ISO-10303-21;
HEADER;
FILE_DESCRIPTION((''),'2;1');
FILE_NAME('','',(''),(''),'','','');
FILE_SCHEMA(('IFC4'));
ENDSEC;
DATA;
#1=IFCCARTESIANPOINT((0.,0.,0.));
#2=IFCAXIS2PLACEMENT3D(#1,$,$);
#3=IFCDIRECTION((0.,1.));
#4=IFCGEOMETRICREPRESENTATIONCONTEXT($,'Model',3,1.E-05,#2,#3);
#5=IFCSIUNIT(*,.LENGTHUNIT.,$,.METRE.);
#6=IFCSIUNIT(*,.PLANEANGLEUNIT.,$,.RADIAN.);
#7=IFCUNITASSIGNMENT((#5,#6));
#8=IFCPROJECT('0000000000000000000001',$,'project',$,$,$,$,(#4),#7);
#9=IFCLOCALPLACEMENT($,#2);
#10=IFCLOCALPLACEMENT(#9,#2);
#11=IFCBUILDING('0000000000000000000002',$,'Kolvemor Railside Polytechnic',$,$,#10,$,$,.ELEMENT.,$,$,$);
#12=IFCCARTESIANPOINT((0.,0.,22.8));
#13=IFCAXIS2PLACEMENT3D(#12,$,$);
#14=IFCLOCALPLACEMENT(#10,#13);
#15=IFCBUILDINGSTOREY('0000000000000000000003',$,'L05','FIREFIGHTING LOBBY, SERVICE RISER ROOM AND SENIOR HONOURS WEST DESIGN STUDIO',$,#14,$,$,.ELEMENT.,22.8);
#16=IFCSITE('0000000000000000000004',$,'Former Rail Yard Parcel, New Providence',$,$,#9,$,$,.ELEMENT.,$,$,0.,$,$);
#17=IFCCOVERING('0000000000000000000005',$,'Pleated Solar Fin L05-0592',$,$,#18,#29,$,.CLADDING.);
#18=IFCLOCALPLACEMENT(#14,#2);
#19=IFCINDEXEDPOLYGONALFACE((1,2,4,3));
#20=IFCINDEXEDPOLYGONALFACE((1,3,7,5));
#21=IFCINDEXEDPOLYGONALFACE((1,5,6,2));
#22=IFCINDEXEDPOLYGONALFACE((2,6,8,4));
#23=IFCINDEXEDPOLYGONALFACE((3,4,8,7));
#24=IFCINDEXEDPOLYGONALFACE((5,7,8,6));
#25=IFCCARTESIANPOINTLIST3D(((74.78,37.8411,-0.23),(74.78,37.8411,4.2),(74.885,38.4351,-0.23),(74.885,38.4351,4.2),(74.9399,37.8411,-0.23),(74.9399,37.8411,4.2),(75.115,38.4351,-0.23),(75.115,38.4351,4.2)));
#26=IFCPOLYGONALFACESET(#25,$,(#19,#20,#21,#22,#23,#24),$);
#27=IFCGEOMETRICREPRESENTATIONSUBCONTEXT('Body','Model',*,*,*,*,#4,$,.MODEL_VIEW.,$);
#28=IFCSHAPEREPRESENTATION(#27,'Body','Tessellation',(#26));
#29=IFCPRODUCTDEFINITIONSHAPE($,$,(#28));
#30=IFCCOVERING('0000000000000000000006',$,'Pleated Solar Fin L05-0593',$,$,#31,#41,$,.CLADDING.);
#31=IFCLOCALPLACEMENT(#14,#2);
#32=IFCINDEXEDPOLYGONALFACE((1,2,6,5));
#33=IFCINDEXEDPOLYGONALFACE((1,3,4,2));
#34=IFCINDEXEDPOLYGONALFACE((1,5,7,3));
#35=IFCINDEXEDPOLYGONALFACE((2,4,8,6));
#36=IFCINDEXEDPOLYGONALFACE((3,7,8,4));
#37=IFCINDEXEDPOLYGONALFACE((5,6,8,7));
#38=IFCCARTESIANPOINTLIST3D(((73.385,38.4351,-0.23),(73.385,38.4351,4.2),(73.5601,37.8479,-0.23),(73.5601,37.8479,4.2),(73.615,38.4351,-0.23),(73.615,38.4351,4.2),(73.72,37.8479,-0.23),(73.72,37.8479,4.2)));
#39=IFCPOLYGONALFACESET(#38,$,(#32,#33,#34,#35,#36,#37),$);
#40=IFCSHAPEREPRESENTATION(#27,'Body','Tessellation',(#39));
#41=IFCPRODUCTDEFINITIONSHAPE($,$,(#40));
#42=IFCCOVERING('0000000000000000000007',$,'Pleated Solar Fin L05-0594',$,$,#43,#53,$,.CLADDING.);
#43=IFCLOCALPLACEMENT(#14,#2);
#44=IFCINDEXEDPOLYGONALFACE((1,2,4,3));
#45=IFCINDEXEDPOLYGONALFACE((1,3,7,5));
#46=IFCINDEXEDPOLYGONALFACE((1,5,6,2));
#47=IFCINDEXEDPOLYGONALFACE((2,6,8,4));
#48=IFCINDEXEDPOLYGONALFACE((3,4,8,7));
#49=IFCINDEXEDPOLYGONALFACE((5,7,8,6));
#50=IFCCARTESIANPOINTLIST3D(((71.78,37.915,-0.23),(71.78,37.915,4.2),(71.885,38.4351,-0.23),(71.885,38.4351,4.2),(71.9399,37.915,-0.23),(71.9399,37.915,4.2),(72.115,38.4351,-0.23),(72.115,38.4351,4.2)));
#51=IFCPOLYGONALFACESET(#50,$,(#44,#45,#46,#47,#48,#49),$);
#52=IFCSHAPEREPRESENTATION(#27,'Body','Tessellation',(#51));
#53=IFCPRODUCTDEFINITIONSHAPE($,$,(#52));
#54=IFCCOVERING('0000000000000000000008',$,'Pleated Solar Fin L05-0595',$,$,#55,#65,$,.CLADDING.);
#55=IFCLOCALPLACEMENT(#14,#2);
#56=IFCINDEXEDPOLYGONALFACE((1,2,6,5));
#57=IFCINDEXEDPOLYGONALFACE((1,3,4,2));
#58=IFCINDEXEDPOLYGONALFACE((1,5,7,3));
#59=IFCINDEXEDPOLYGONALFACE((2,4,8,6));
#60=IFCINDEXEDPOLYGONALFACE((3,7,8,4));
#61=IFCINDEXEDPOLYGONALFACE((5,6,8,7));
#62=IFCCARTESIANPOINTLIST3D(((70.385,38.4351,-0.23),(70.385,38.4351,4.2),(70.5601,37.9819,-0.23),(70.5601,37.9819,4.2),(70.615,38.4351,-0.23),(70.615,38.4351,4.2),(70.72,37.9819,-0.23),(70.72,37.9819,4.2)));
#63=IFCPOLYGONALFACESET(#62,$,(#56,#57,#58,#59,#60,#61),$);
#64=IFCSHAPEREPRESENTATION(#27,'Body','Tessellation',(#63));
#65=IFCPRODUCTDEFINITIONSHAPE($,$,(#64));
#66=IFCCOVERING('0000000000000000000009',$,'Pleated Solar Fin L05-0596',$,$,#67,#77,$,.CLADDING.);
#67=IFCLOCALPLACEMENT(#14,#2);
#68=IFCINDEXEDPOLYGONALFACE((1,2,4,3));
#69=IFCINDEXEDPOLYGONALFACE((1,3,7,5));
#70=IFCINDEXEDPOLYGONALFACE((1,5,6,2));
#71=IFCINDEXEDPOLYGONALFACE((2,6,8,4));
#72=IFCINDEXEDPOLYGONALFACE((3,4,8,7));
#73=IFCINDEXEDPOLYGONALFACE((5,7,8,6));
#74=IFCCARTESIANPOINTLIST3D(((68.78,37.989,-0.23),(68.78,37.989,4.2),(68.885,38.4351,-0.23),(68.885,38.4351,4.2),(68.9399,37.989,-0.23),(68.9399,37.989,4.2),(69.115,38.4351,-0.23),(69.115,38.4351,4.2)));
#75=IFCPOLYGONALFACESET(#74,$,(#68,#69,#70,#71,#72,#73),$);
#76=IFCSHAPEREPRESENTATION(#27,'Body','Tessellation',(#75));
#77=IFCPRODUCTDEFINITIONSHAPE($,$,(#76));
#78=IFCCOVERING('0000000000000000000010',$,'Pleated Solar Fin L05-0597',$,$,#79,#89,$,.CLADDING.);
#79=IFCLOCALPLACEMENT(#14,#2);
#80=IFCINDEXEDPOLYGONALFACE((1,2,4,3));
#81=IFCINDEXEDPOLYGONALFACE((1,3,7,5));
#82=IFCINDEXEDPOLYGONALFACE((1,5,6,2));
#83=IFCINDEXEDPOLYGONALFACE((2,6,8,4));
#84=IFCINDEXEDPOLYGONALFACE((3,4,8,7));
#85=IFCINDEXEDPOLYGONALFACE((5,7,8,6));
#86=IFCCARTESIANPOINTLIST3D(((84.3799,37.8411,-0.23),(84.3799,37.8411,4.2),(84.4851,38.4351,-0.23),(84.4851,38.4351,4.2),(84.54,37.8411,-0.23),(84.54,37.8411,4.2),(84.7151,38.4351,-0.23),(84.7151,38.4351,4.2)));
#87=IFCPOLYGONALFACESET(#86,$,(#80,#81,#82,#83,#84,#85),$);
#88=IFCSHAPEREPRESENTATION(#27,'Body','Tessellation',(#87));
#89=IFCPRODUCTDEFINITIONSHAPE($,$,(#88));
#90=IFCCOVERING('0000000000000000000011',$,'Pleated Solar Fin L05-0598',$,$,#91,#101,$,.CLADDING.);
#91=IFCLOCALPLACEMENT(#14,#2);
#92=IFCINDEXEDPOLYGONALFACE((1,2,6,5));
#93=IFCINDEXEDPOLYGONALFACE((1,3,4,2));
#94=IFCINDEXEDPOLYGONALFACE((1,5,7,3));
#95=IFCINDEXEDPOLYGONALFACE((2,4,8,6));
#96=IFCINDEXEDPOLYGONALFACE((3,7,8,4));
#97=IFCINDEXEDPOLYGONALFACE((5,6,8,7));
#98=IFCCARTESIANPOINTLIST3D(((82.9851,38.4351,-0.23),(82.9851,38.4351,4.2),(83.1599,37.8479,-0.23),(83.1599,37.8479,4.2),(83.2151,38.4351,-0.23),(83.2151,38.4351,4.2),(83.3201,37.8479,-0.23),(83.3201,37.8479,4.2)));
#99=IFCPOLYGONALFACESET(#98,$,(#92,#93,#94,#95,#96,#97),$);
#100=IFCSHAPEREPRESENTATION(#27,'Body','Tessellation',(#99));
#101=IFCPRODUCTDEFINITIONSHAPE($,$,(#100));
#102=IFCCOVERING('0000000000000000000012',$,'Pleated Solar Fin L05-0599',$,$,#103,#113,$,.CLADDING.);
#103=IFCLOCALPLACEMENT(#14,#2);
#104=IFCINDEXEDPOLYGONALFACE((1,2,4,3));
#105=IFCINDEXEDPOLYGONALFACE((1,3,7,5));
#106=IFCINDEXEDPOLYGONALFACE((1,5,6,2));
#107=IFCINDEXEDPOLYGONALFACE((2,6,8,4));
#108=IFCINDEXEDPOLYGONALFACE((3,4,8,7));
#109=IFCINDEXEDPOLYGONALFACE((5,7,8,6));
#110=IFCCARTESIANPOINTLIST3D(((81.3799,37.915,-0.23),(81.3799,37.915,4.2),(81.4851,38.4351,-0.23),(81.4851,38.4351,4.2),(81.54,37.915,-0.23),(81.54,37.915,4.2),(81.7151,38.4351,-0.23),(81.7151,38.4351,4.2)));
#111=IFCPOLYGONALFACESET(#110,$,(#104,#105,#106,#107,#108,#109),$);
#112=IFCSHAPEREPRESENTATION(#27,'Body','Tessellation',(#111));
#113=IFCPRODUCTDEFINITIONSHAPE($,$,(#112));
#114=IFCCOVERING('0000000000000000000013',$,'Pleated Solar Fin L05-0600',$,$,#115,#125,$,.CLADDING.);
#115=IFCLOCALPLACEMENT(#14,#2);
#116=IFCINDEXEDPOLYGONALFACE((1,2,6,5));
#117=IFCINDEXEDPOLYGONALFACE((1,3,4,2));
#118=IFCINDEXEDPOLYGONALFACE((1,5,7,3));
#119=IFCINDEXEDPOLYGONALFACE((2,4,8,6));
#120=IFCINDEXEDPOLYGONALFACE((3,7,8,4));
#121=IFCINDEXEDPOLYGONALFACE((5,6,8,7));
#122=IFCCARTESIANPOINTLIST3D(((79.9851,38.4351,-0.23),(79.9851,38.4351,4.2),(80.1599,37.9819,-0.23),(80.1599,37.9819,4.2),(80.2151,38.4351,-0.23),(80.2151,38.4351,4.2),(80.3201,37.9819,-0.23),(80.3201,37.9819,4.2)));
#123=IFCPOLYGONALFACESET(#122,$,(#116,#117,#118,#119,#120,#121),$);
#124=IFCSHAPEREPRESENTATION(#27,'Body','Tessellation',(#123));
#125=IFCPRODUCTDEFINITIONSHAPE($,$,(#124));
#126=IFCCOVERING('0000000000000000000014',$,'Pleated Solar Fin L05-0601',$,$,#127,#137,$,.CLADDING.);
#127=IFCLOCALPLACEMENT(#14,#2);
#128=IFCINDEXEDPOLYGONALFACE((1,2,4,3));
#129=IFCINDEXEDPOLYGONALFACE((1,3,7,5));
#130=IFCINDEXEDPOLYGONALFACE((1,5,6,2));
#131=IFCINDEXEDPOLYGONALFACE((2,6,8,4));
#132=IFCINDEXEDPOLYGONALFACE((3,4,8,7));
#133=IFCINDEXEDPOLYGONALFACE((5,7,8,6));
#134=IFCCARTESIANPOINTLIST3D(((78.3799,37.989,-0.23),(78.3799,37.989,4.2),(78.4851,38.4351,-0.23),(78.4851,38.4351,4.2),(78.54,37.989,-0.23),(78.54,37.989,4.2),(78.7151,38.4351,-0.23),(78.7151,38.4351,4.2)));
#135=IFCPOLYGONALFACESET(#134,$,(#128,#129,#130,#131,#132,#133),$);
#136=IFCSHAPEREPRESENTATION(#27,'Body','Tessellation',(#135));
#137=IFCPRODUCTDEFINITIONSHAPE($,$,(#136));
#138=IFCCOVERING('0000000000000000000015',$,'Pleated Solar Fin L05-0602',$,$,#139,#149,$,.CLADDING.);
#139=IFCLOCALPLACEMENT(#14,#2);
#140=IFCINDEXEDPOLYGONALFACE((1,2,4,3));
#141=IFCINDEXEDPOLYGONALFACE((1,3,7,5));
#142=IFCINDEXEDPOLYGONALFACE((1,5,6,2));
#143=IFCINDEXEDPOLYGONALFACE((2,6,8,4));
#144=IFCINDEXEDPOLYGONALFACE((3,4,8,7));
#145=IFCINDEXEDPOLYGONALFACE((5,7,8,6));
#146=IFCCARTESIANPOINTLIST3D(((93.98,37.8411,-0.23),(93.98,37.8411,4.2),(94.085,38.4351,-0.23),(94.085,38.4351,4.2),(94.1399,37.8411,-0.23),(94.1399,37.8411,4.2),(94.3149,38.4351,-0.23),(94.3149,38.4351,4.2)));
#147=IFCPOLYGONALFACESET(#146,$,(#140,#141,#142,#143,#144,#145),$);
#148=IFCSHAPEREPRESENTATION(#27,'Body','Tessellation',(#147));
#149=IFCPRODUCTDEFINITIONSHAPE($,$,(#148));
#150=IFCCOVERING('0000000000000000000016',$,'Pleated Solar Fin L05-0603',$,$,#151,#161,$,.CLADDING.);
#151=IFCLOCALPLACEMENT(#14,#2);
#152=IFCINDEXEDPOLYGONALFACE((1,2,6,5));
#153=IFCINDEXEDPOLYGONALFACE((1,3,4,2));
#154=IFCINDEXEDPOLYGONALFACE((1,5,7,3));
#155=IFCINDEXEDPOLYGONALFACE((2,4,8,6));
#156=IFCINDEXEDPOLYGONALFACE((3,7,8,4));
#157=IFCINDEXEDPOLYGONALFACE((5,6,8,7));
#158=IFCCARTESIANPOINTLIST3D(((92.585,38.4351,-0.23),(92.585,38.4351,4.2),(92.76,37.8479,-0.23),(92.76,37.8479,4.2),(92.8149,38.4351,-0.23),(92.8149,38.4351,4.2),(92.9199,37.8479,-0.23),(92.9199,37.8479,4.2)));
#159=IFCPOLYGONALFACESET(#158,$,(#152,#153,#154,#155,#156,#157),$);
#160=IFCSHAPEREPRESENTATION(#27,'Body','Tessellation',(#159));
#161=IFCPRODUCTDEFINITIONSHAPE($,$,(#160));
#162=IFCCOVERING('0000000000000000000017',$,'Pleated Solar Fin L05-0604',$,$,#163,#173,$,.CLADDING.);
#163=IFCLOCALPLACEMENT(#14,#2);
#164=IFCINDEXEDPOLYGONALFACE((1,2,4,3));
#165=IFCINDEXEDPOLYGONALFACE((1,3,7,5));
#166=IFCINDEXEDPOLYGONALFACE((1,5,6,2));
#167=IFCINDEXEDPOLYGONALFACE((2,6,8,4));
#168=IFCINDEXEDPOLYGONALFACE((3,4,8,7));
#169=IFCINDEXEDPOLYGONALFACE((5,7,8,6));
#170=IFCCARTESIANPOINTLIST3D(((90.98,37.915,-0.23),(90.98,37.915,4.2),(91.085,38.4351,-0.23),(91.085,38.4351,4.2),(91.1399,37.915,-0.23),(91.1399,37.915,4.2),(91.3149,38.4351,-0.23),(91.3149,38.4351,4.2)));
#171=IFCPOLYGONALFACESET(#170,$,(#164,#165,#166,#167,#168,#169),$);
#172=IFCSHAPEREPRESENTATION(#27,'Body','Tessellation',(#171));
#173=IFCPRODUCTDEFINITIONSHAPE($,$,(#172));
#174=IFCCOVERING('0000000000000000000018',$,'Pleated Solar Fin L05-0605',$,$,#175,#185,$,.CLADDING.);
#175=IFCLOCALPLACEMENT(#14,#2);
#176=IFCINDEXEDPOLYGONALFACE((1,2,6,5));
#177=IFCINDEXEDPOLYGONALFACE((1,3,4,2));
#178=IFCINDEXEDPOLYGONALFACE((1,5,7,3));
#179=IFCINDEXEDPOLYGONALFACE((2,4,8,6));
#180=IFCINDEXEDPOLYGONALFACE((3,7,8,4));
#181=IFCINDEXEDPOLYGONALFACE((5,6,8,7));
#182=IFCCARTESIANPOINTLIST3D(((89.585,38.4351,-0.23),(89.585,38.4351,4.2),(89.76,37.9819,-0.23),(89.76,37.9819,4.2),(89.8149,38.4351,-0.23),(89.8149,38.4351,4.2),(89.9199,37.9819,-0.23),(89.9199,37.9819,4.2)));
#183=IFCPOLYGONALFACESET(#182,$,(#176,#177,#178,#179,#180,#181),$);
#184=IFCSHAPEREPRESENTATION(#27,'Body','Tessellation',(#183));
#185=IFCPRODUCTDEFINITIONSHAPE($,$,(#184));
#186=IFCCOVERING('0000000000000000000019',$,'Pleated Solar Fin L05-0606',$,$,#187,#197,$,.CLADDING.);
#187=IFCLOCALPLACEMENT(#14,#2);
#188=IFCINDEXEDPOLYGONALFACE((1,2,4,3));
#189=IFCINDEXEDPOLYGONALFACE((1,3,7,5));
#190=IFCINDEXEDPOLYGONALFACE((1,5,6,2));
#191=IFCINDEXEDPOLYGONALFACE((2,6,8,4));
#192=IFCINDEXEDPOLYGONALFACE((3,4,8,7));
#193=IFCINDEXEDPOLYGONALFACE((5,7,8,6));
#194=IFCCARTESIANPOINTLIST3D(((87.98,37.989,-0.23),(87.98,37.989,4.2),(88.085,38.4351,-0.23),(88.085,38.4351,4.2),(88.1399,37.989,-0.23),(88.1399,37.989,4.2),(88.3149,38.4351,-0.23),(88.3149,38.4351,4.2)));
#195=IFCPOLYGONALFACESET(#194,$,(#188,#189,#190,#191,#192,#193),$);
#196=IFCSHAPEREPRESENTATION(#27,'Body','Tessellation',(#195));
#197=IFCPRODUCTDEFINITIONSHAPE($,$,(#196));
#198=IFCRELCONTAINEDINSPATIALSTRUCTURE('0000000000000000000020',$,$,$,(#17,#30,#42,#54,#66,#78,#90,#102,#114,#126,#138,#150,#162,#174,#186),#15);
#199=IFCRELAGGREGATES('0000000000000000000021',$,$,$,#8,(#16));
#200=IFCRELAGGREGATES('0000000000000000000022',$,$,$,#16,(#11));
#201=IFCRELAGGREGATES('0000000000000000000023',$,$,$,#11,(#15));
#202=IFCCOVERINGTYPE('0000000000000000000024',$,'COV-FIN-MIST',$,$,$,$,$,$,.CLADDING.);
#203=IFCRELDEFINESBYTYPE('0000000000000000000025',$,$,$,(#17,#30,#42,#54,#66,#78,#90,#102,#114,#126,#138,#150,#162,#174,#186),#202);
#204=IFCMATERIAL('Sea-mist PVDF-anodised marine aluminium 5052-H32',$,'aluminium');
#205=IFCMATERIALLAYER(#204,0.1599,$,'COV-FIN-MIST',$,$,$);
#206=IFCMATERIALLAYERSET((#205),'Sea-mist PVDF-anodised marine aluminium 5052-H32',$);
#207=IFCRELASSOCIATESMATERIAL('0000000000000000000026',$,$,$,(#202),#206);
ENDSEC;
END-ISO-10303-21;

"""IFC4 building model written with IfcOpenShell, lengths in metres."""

from ifc_helpers import new_model, si_unit, direction, frame, origin, place, context, subcontext, project, spatial, polyline, outline, extrude, material, layer, layer_set, type_object, element, save


model = new_model("IFC4")

# Units and contexts
model_context = context("Model", 3, precision=1e-05, world=origin(), true_north=direction((0.0, 1.0)))
body_context = subcontext(model_context, "Body", "Model", "MODEL_VIEW")
ifc_project = project(units=[si_unit("LENGTHUNIT", "METRE"), si_unit("PLANEANGLEUNIT", "RADIAN")], contexts=[model_context])

# Site, building, storey
site_placement = place(None, origin())
site = spatial("IfcSite", under=ifc_project, at=site_placement, Name="Former Rail Yard Parcel, New Providence", CompositionType="ELEMENT", RefElevation=0.0)
building_placement = place(site_placement, origin())
building = spatial("IfcBuilding", under=site, at=building_placement, Name="Kolvemor Railside Polytechnic", CompositionType="ELEMENT")
storey_placement = place(building_placement, frame((0.0, 0.0, 22.8)))
storey = spatial("IfcBuildingStorey", under=building, at=storey_placement, Name="L05", Description="FIREFIGHTING LOBBY, SERVICE RISER ROOM AND SENIOR HONOURS WEST DESIGN STUDIO", CompositionType="ELEMENT", Elevation=22.8)

# Coverings
ifc_material = material(Name="Sea-mist PVDF-anodised marine aluminium 5052-H32", Category="aluminium")
ifc_layer = layer(ifc_material, 0.1599, Name="COV-FIN-MIST")
ifc_layer_set = layer_set([ifc_layer], Name="Sea-mist PVDF-anodised marine aluminium 5052-H32")
covering_type = type_object("IfcCoveringType", Name="COV-FIN-MIST", PredefinedType="CLADDING", material=ifc_layer_set)
covering_1_placement = place(storey_placement, frame((0.0, 0.0, -0.23)))
element("IfcCovering", 1, at=covering_1_placement, inside=storey, type_object=covering_type, Name="Pleated Solar Fin L05-0592", PredefinedType="CLADDING", context=body_context, shape_type="SweptSolid", body=[
    extrude(outline(polyline([(75.115, 38.4351), (74.885, 38.4351), (74.78, 37.8411), (74.9399, 37.8411), (75.115, 38.4351)])), origin(), (0.0, 0.0, 1.0), 4.4299),
])
covering_2_placement = place(storey_placement, frame((0.0, 0.0, -0.23)))
element("IfcCovering", 2, at=covering_2_placement, inside=storey, type_object=covering_type, Name="Pleated Solar Fin L05-0593", PredefinedType="CLADDING", context=body_context, shape_type="SweptSolid", body=[
    extrude(outline(polyline([(73.615, 38.4351), (73.385, 38.4351), (73.5601, 37.8479), (73.72, 37.8479), (73.615, 38.4351)])), origin(), (0.0, 0.0, 1.0), 4.4299),
])
covering_3_placement = place(storey_placement, frame((0.0, 0.0, -0.23)))
element("IfcCovering", 3, at=covering_3_placement, inside=storey, type_object=covering_type, Name="Pleated Solar Fin L05-0594", PredefinedType="CLADDING", context=body_context, shape_type="SweptSolid", body=[
    extrude(outline(polyline([(72.115, 38.4351), (71.885, 38.4351), (71.78, 37.915), (71.9399, 37.915), (72.115, 38.4351)])), origin(), (0.0, 0.0, 1.0), 4.4299),
])
covering_4_placement = place(storey_placement, frame((0.0, 0.0, -0.23)))
element("IfcCovering", 4, at=covering_4_placement, inside=storey, type_object=covering_type, Name="Pleated Solar Fin L05-0595", PredefinedType="CLADDING", context=body_context, shape_type="SweptSolid", body=[
    extrude(outline(polyline([(70.615, 38.4351), (70.385, 38.4351), (70.5601, 37.9819), (70.72, 37.9819), (70.615, 38.4351)])), origin(), (0.0, 0.0, 1.0), 4.4299),
])
covering_5_placement = place(storey_placement, frame((0.0, 0.0, -0.23)))
element("IfcCovering", 5, at=covering_5_placement, inside=storey, type_object=covering_type, Name="Pleated Solar Fin L05-0596", PredefinedType="CLADDING", context=body_context, shape_type="SweptSolid", body=[
    extrude(outline(polyline([(69.115, 38.4351), (68.885, 38.4351), (68.78, 37.989), (68.9399, 37.989), (69.115, 38.4351)])), origin(), (0.0, 0.0, 1.0), 4.4299),
])
covering_6_placement = place(storey_placement, frame((0.0, 0.0, -0.23)))
element("IfcCovering", 6, at=covering_6_placement, inside=storey, type_object=covering_type, Name="Pleated Solar Fin L05-0597", PredefinedType="CLADDING", context=body_context, shape_type="SweptSolid", body=[
    extrude(outline(polyline([(84.7151, 38.4351), (84.4851, 38.4351), (84.3799, 37.8411), (84.54, 37.8411), (84.7151, 38.4351)])), origin(), (0.0, 0.0, 1.0), 4.4299),
])
covering_7_placement = place(storey_placement, frame((0.0, 0.0, -0.23)))
element("IfcCovering", 7, at=covering_7_placement, inside=storey, type_object=covering_type, Name="Pleated Solar Fin L05-0598", PredefinedType="CLADDING", context=body_context, shape_type="SweptSolid", body=[
    extrude(outline(polyline([(83.2151, 38.4351), (82.9851, 38.4351), (83.1599, 37.8479), (83.3201, 37.8479), (83.2151, 38.4351)])), origin(), (0.0, 0.0, 1.0), 4.4299),
])
covering_8_placement = place(storey_placement, frame((0.0, 0.0, -0.23)))
element("IfcCovering", 8, at=covering_8_placement, inside=storey, type_object=covering_type, Name="Pleated Solar Fin L05-0599", PredefinedType="CLADDING", context=body_context, shape_type="SweptSolid", body=[
    extrude(outline(polyline([(81.7151, 38.4351), (81.4851, 38.4351), (81.3799, 37.915), (81.54, 37.915), (81.7151, 38.4351)])), origin(), (0.0, 0.0, 1.0), 4.4299),
])
covering_9_placement = place(storey_placement, frame((0.0, 0.0, -0.23)))
element("IfcCovering", 9, at=covering_9_placement, inside=storey, type_object=covering_type, Name="Pleated Solar Fin L05-0600", PredefinedType="CLADDING", context=body_context, shape_type="SweptSolid", body=[
    extrude(outline(polyline([(80.2151, 38.4351), (79.9851, 38.4351), (80.1599, 37.9819), (80.3201, 37.9819), (80.2151, 38.4351)])), origin(), (0.0, 0.0, 1.0), 4.4299),
])
covering_10_placement = place(storey_placement, frame((0.0, 0.0, -0.23)))
element("IfcCovering", 10, at=covering_10_placement, inside=storey, type_object=covering_type, Name="Pleated Solar Fin L05-0601", PredefinedType="CLADDING", context=body_context, shape_type="SweptSolid", body=[
    extrude(outline(polyline([(78.7151, 38.4351), (78.4851, 38.4351), (78.3799, 37.989), (78.54, 37.989), (78.7151, 38.4351)])), origin(), (0.0, 0.0, 1.0), 4.4299),
])
covering_11_placement = place(storey_placement, frame((0.0, 0.0, -0.23)))
element("IfcCovering", 11, at=covering_11_placement, inside=storey, type_object=covering_type, Name="Pleated Solar Fin L05-0602", PredefinedType="CLADDING", context=body_context, shape_type="SweptSolid", body=[
    extrude(outline(polyline([(94.3149, 38.4351), (94.085, 38.4351), (93.98, 37.8411), (94.1399, 37.8411), (94.3149, 38.4351)])), origin(), (0.0, 0.0, 1.0), 4.4299),
])
covering_12_placement = place(storey_placement, frame((0.0, 0.0, -0.23)))
element("IfcCovering", 12, at=covering_12_placement, inside=storey, type_object=covering_type, Name="Pleated Solar Fin L05-0603", PredefinedType="CLADDING", context=body_context, shape_type="SweptSolid", body=[
    extrude(outline(polyline([(92.8149, 38.4351), (92.585, 38.4351), (92.76, 37.8479), (92.9199, 37.8479), (92.8149, 38.4351)])), origin(), (0.0, 0.0, 1.0), 4.4299),
])
covering_13_placement = place(storey_placement, frame((0.0, 0.0, -0.23)))
element("IfcCovering", 13, at=covering_13_placement, inside=storey, type_object=covering_type, Name="Pleated Solar Fin L05-0604", PredefinedType="CLADDING", context=body_context, shape_type="SweptSolid", body=[
    extrude(outline(polyline([(91.3149, 38.4351), (91.085, 38.4351), (90.98, 37.915), (91.1399, 37.915), (91.3149, 38.4351)])), origin(), (0.0, 0.0, 1.0), 4.4299),
])
covering_14_placement = place(storey_placement, frame((0.0, 0.0, -0.23)))
element("IfcCovering", 14, at=covering_14_placement, inside=storey, type_object=covering_type, Name="Pleated Solar Fin L05-0605", PredefinedType="CLADDING", context=body_context, shape_type="SweptSolid", body=[
    extrude(outline(polyline([(89.8149, 38.4351), (89.585, 38.4351), (89.76, 37.9819), (89.9199, 37.9819), (89.8149, 38.4351)])), origin(), (0.0, 0.0, 1.0), 4.4299),
])
covering_15_placement = place(storey_placement, frame((0.0, 0.0, -0.23)))
element("IfcCovering", 15, at=covering_15_placement, inside=storey, type_object=covering_type, Name="Pleated Solar Fin L05-0606", PredefinedType="CLADDING", context=body_context, shape_type="SweptSolid", body=[
    extrude(outline(polyline([(88.3149, 38.4351), (88.085, 38.4351), (87.98, 37.989), (88.1399, 37.989), (88.3149, 38.4351)])), origin(), (0.0, 0.0, 1.0), 4.4299),
])

save(model, "model.ifc")
